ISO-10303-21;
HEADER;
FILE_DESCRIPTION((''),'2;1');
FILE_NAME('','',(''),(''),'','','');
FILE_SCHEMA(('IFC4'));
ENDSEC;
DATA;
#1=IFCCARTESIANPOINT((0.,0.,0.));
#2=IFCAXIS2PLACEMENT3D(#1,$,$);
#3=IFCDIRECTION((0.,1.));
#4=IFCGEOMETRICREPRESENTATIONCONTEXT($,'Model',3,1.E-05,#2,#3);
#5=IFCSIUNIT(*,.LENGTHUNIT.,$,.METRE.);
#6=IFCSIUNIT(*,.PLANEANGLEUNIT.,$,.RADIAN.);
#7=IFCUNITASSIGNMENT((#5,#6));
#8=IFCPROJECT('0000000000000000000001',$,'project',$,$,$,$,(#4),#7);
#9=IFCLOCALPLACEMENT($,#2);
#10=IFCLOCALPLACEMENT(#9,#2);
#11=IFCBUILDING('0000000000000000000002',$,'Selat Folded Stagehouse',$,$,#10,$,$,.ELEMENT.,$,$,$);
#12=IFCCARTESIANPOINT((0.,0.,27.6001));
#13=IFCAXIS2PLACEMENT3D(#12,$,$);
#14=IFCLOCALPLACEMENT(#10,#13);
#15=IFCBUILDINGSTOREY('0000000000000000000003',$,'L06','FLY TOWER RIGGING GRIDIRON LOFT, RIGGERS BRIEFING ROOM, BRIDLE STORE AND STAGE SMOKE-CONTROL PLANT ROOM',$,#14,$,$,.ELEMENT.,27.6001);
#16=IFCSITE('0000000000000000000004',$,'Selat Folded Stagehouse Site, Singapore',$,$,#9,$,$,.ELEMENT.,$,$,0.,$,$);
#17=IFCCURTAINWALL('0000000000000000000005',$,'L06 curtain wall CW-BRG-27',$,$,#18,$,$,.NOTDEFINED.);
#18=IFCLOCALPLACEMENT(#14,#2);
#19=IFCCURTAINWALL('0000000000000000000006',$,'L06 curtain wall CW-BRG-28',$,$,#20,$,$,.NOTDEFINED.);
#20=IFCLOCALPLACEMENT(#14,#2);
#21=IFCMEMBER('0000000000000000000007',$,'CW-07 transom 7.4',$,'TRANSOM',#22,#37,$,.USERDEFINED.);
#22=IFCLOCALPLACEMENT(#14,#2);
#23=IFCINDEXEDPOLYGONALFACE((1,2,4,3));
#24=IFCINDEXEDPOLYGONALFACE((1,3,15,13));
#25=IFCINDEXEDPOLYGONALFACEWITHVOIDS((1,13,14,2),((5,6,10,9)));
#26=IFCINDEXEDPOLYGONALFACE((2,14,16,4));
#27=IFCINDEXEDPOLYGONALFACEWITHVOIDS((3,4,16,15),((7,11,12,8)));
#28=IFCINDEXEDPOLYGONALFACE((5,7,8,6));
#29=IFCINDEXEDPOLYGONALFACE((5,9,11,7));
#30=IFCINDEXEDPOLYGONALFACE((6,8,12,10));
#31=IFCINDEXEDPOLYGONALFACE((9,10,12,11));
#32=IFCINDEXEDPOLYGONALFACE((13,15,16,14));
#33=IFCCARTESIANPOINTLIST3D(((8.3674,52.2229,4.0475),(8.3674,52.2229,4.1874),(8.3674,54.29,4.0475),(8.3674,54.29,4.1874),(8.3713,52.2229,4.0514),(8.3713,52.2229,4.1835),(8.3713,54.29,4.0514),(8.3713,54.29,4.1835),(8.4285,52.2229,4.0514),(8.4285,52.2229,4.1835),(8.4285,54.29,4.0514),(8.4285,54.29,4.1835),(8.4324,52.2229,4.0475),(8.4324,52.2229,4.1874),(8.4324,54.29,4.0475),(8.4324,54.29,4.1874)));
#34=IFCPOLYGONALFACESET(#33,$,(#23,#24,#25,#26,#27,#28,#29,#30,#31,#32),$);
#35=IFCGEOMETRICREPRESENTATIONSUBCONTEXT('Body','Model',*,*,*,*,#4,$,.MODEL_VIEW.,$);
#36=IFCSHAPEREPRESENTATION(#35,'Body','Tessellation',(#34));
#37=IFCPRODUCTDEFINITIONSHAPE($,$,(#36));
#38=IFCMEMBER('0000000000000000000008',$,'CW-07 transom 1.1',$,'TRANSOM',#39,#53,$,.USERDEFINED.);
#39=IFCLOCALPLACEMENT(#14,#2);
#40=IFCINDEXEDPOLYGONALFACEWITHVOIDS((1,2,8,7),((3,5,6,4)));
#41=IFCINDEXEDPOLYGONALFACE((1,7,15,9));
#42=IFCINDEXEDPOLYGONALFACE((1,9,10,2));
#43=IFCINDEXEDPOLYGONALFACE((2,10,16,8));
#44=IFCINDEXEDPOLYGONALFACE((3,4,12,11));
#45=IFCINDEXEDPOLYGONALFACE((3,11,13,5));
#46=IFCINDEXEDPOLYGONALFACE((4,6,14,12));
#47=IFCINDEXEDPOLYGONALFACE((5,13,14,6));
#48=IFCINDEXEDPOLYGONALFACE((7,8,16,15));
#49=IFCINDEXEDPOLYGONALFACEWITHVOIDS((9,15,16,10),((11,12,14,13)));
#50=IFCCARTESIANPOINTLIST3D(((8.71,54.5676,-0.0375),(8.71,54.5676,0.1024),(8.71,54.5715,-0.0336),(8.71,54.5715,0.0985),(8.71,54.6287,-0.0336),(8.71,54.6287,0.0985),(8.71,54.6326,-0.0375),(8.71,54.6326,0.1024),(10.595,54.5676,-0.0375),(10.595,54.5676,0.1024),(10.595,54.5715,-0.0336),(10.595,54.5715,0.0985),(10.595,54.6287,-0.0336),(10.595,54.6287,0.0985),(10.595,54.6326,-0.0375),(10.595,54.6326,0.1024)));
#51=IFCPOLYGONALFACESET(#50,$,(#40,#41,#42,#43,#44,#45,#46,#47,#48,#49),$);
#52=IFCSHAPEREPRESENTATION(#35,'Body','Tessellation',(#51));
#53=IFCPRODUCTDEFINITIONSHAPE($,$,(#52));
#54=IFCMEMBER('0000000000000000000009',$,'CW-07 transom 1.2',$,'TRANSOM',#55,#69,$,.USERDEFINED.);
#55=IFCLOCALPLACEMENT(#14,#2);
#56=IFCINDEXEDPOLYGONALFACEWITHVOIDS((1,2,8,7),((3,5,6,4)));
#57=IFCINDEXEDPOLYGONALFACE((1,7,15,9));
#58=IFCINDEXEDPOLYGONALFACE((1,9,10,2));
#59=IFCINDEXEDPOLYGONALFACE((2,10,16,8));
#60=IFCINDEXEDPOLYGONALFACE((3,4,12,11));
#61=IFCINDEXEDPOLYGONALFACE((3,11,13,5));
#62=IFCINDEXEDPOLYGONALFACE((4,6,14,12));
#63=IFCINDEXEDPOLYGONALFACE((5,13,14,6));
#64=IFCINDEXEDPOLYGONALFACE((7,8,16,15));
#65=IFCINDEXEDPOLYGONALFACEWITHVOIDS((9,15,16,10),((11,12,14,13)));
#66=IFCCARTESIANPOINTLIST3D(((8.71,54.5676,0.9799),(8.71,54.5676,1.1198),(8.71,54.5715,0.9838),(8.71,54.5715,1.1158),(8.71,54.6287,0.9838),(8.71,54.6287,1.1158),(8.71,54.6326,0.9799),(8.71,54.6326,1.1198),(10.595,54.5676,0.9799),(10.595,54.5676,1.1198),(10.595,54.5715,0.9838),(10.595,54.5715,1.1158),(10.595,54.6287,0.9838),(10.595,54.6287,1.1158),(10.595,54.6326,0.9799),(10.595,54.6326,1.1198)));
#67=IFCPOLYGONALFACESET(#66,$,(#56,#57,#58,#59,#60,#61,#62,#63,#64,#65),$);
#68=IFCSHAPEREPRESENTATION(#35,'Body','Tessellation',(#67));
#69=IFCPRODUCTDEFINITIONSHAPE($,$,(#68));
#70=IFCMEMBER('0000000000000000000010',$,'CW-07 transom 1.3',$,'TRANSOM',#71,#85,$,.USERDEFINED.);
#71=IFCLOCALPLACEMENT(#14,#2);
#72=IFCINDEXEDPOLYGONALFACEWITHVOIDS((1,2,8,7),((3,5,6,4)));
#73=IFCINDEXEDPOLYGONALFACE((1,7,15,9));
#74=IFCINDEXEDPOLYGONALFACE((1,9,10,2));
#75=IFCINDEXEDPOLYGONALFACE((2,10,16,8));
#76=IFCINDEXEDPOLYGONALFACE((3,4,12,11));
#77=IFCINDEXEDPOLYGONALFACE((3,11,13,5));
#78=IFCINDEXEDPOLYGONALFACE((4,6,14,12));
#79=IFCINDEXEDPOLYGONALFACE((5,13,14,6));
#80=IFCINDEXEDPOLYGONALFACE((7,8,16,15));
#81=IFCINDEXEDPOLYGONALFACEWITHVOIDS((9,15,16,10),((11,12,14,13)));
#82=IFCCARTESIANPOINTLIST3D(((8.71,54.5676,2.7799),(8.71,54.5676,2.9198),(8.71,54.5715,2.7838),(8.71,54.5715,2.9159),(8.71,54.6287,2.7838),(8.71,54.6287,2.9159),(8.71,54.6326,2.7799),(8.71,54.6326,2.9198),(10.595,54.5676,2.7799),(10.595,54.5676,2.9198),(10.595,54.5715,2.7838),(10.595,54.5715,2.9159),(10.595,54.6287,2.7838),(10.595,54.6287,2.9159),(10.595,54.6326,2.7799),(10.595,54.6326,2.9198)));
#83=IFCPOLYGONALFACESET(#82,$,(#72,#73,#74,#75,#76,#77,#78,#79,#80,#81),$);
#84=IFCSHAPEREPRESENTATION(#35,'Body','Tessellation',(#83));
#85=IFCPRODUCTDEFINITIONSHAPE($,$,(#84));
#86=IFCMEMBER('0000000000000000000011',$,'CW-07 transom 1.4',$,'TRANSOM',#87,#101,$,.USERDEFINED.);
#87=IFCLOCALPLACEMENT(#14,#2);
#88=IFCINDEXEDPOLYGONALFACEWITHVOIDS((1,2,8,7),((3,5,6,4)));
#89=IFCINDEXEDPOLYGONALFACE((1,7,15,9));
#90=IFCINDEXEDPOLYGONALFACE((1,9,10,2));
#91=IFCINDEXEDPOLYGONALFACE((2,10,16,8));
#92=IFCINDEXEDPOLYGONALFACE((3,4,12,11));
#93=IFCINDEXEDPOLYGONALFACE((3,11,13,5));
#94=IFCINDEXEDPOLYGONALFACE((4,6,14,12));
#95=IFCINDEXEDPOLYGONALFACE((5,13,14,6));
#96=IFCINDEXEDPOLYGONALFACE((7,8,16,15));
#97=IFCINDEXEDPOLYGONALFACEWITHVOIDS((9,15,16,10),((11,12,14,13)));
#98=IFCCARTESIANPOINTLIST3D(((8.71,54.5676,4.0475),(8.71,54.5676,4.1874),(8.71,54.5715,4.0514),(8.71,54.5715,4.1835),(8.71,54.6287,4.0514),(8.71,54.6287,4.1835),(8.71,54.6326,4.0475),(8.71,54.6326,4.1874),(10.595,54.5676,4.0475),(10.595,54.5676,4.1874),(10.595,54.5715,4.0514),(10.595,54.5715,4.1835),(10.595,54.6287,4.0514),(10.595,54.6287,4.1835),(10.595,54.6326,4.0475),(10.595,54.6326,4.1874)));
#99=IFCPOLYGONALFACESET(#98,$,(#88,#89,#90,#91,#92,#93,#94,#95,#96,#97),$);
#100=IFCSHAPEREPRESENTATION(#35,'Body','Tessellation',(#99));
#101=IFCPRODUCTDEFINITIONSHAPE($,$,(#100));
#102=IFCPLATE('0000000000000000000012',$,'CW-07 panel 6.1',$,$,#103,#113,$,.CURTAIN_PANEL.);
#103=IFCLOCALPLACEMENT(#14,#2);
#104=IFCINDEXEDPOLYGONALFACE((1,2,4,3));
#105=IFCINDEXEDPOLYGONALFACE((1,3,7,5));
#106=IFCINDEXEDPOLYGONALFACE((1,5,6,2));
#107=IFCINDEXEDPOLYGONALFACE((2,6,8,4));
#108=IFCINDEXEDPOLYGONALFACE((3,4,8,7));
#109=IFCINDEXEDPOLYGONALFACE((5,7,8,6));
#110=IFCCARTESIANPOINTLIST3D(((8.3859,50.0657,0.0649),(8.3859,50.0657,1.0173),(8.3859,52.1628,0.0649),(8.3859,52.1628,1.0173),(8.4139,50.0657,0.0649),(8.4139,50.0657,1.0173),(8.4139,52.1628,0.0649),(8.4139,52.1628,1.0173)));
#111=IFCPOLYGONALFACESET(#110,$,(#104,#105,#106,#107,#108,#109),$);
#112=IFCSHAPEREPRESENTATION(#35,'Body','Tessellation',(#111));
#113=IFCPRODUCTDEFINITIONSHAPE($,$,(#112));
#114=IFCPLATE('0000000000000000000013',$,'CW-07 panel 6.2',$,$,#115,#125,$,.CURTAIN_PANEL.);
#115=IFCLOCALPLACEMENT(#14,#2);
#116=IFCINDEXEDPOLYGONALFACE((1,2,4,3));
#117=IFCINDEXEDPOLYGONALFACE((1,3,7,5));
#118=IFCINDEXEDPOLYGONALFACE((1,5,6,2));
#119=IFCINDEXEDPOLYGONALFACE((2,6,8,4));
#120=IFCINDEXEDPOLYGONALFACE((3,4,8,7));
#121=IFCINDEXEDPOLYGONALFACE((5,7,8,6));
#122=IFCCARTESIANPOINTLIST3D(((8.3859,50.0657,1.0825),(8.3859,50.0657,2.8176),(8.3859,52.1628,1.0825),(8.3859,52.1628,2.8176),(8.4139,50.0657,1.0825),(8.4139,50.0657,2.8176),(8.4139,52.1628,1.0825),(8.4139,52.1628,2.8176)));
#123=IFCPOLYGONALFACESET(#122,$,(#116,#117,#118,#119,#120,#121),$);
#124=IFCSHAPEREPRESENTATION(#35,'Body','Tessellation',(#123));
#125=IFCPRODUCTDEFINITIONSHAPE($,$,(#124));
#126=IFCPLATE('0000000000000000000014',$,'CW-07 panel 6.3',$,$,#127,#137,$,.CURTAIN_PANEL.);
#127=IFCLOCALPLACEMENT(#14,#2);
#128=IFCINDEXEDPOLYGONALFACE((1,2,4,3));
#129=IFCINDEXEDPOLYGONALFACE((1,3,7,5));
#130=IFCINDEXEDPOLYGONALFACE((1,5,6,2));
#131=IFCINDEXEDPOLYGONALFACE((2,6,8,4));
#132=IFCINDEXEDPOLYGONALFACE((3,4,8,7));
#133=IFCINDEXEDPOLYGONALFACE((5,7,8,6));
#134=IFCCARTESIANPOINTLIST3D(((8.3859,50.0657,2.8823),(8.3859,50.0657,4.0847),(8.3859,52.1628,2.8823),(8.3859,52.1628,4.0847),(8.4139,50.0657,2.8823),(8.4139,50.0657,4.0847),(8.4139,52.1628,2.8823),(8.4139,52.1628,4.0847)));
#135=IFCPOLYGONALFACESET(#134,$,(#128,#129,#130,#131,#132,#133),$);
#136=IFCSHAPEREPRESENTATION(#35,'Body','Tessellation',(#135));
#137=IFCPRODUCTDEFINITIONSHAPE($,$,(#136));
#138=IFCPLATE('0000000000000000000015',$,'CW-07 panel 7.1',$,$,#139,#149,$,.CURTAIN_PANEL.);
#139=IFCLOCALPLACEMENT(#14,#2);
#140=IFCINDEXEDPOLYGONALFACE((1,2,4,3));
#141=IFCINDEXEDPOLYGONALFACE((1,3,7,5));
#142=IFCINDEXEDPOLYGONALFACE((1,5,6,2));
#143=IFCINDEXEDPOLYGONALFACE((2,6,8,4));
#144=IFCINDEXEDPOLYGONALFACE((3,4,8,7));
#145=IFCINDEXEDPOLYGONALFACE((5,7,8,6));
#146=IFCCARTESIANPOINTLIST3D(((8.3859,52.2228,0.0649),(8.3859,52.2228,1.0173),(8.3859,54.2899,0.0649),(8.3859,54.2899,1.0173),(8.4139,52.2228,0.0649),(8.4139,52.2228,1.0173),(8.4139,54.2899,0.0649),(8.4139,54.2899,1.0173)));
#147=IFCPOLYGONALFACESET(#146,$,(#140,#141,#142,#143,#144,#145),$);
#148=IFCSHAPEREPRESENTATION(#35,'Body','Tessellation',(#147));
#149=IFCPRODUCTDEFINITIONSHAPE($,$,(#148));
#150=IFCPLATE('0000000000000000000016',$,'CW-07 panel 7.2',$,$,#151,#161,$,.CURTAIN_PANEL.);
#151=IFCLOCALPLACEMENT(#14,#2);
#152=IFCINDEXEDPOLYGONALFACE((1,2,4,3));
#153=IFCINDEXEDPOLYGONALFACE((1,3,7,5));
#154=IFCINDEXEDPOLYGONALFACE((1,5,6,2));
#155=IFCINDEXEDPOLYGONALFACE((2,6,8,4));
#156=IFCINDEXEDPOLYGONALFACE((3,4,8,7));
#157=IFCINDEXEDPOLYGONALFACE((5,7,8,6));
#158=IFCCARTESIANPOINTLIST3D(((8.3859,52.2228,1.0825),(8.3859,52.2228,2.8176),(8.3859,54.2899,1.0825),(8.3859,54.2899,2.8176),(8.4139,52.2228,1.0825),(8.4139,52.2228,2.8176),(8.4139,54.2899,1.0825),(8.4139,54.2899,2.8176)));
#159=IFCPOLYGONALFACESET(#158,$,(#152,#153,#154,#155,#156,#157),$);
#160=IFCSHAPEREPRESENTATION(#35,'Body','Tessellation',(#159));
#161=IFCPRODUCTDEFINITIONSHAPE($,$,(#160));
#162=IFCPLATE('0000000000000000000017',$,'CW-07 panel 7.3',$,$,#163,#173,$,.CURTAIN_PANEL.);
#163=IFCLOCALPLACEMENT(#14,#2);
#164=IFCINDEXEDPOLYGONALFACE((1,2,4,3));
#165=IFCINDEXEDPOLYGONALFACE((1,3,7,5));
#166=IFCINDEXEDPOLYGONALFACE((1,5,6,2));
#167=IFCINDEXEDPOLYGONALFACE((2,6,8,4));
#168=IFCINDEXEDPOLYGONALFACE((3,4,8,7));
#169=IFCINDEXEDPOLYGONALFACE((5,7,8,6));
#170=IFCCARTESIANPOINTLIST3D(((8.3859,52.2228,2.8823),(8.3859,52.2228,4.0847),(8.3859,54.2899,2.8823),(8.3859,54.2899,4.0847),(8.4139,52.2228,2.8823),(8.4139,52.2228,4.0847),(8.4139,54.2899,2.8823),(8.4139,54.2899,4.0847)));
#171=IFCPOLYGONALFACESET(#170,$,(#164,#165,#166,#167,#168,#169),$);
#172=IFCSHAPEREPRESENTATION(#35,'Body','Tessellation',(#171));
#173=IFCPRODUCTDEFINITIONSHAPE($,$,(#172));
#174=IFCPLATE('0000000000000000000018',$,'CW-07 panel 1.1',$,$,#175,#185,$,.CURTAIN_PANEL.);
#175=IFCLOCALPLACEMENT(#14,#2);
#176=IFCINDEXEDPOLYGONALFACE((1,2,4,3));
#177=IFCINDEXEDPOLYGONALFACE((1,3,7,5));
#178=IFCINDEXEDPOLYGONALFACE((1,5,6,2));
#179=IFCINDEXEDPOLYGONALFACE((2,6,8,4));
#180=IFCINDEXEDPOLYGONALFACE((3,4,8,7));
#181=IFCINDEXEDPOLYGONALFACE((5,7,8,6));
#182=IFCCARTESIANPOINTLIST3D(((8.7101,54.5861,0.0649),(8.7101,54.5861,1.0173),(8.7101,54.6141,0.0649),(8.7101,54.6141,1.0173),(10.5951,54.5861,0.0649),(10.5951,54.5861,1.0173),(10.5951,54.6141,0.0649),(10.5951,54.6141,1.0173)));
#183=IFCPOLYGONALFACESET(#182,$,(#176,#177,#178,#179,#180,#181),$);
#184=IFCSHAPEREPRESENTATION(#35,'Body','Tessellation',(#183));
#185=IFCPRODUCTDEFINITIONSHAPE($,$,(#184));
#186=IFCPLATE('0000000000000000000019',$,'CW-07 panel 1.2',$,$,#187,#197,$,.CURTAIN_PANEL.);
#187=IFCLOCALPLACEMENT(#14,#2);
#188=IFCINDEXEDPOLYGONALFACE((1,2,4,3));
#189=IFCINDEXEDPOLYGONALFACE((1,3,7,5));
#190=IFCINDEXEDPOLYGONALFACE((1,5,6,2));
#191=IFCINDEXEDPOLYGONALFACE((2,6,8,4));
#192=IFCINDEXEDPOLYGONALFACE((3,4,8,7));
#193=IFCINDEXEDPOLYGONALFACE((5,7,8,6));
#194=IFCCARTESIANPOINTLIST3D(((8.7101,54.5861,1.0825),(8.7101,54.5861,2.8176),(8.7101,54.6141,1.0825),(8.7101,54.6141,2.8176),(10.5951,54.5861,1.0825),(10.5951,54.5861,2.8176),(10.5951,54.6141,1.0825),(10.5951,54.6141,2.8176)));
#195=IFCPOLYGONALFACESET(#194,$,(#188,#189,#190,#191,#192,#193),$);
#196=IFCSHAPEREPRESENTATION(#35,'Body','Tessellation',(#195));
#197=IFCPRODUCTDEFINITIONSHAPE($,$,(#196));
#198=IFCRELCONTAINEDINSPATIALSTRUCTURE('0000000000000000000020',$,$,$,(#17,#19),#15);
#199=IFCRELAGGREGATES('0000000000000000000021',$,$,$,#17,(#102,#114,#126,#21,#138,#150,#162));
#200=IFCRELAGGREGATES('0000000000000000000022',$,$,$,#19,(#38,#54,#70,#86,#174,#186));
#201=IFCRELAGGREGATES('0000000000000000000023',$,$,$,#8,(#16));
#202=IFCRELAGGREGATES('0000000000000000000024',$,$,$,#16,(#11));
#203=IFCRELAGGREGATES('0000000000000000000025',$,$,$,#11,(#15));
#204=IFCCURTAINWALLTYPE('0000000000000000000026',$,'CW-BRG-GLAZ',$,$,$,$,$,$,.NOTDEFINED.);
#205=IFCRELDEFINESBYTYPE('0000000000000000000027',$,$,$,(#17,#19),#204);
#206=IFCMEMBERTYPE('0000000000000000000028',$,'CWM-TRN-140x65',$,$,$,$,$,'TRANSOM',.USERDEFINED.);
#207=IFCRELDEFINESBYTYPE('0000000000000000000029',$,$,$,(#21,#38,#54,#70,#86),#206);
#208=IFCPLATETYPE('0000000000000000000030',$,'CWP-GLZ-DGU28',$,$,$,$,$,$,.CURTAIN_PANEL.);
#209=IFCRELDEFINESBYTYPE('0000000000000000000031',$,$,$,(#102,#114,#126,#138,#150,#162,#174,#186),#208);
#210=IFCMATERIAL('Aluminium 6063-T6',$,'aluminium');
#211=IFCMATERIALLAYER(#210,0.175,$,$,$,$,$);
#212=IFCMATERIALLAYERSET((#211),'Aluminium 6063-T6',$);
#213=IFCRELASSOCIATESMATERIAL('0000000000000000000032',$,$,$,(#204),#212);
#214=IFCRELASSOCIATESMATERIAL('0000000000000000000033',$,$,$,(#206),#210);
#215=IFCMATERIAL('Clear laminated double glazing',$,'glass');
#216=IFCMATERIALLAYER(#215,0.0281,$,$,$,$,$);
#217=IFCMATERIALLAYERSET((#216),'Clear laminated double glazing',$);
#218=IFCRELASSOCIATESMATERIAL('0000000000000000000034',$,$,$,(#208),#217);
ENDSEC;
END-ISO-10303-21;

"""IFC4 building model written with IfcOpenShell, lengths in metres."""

from ifc_helpers import new_model, si_unit, direction, frame, origin, origin_2d, place, context, subcontext, project, spatial, rectangle, hollow_rectangle, extrude, material, layer, layer_set, material_profile, profile_set, type_object, element, aggregate, save


model = new_model("IFC4")

# Units and contexts
model_context = context("Model", 3, precision=1e-05, world=origin(), true_north=direction((0.0, 1.0)))
body_context = subcontext(model_context, "Body", "Model", "MODEL_VIEW")
ifc_project = project(units=[si_unit("LENGTHUNIT", "METRE"), si_unit("PLANEANGLEUNIT", "RADIAN")], contexts=[model_context])

# Site, building, storey
site_placement = place(None, origin())
site = spatial("IfcSite", under=ifc_project, at=site_placement, Name="Selat Folded Stagehouse Site, Singapore", CompositionType="ELEMENT", RefElevation=0.0)
building_placement = place(site_placement, origin())
building = spatial("IfcBuilding", under=site, at=building_placement, Name="Selat Folded Stagehouse", CompositionType="ELEMENT")
storey_placement = place(building_placement, frame((0.0, 0.0, 27.6001)))
storey = spatial("IfcBuildingStorey", under=building, at=storey_placement, Name="L06", Description="FLY TOWER RIGGING GRIDIRON LOFT, RIGGERS BRIEFING ROOM, BRIDLE STORE AND STAGE SMOKE-CONTROL PLANT ROOM", CompositionType="ELEMENT", Elevation=27.6001)

# Curtain walls
ifc_material_1 = material(Name="Aluminium 6063-T6", Category="aluminium")
ifc_layer_1 = layer(ifc_material_1, 0.175)
ifc_layer_set_1 = layer_set([ifc_layer_1], Name="Aluminium 6063-T6")
curtain_wall_type = type_object("IfcCurtainWallType", Name="CW-BRG-GLAZ", PredefinedType="NOTDEFINED", material=ifc_layer_set_1)
curtain_wall_1_placement = place(storey_placement, origin())
curtain_wall_1 = element("IfcCurtainWall", 1, at=curtain_wall_1_placement, inside=storey, type_object=curtain_wall_type, Name="L06 curtain wall CW-BRG-27", PredefinedType="NOTDEFINED")
curtain_wall_2_placement = place(storey_placement, origin())
curtain_wall_2 = element("IfcCurtainWall", 2, at=curtain_wall_2_placement, inside=storey, type_object=curtain_wall_type, Name="L06 curtain wall CW-BRG-28", PredefinedType="NOTDEFINED")

# Members
ifc_material_profile_1 = material_profile(ifc_material_1, hollow_rectangle(XDim=0.0649, YDim=0.1399, WallThickness=0.0039, at=origin_2d()), Name="ALU 140x65x4.0")
ifc_profile_set_1 = profile_set([ifc_material_profile_1], Name="Aluminium 6063-T6")
member_type_1 = type_object("IfcMemberType", Name="CWM-TRN-140x65", ElementType="TRANSOM", PredefinedType="USERDEFINED", material=ifc_profile_set_1)
member_1_placement = place(storey_placement, frame((8.3999, 52.2229, 4.1174), z_axis=(0.0, 1.0, 0.0), x_axis=(-1.0, 0.0, 0.0)))
member_1 = element("IfcMember", 3, at=member_1_placement, type_object=member_type_1, Name="CW-07 transom 7.4", ObjectType="TRANSOM", PredefinedType="USERDEFINED", context=body_context, shape_type="SweptSolid", body=[
    extrude(hollow_rectangle(XDim=0.0649, YDim=0.1399, WallThickness=0.0039, at=origin_2d()), origin(), (0.0, 0.0, 1.0), 2.0671),
])
member_2_placement = place(storey_placement, frame((8.71, 54.6001, 0.0325), z_axis=(1.0, 0.0, 0.0), x_axis=(0.0, 1.0, 0.0)))
member_2 = element("IfcMember", 4, at=member_2_placement, type_object=member_type_1, Name="CW-07 transom 1.1", ObjectType="TRANSOM", PredefinedType="USERDEFINED", context=body_context, shape_type="SweptSolid", body=[
    extrude(hollow_rectangle(XDim=0.0649, YDim=0.1399, WallThickness=0.0039, at=origin_2d()), origin(), (0.0, 0.0, 1.0), 1.885),
])
member_3_placement = place(storey_placement, frame((8.71, 54.6001, 1.0498), z_axis=(1.0, 0.0, 0.0), x_axis=(0.0, 1.0, 0.0)))
member_3 = element("IfcMember", 5, at=member_3_placement, type_object=member_type_1, Name="CW-07 transom 1.2", ObjectType="TRANSOM", PredefinedType="USERDEFINED", context=body_context, shape_type="SweptSolid", body=[
    extrude(hollow_rectangle(XDim=0.0649, YDim=0.1399, WallThickness=0.0039, at=origin_2d()), origin(), (0.0, 0.0, 1.0), 1.885),
])
member_4_placement = place(storey_placement, frame((8.71, 54.6001, 2.8499), z_axis=(1.0, 0.0, 0.0), x_axis=(0.0, 1.0, 0.0)))
member_4 = element("IfcMember", 6, at=member_4_placement, type_object=member_type_1, Name="CW-07 transom 1.3", ObjectType="TRANSOM", PredefinedType="USERDEFINED", context=body_context, shape_type="SweptSolid", body=[
    extrude(hollow_rectangle(XDim=0.0649, YDim=0.1399, WallThickness=0.0039, at=origin_2d()), origin(), (0.0, 0.0, 1.0), 1.885),
])
member_5_placement = place(storey_placement, frame((8.71, 54.6001, 4.1174), z_axis=(1.0, 0.0, 0.0), x_axis=(0.0, 1.0, 0.0)))
member_5 = element("IfcMember", 7, at=member_5_placement, type_object=member_type_1, Name="CW-07 transom 1.4", ObjectType="TRANSOM", PredefinedType="USERDEFINED", context=body_context, shape_type="SweptSolid", body=[
    extrude(hollow_rectangle(XDim=0.0649, YDim=0.1399, WallThickness=0.0039, at=origin_2d()), origin(), (0.0, 0.0, 1.0), 1.885),
])

# Plates
ifc_material_2 = material(Name="Clear laminated double glazing", Category="glass")
ifc_layer_2 = layer(ifc_material_2, 0.0281)
ifc_layer_set_2 = layer_set([ifc_layer_2], Name="Clear laminated double glazing")
plate_type = type_object("IfcPlateType", Name="CWP-GLZ-DGU28", PredefinedType="CURTAIN_PANEL", material=ifc_layer_set_2)
plate_1_placement = place(storey_placement, frame((8.3999, 51.1143, 0.0649), z_axis=(0.0, 0.0, 1.0), x_axis=(0.0, 1.0, 0.0)))
plate_1 = element("IfcPlate", 8, at=plate_1_placement, type_object=plate_type, Name="CW-07 panel 6.1", PredefinedType="CURTAIN_PANEL", context=body_context, shape_type="SweptSolid", body=[
    extrude(rectangle(XDim=2.0972, YDim=0.0281, at=origin_2d()), origin(), (0.0, 0.0, 1.0), 0.9524),
])
plate_2_placement = place(storey_placement, frame((8.3999, 51.1143, 1.0825), z_axis=(0.0, 0.0, 1.0), x_axis=(0.0, 1.0, 0.0)))
plate_2 = element("IfcPlate", 9, at=plate_2_placement, type_object=plate_type, Name="CW-07 panel 6.2", PredefinedType="CURTAIN_PANEL", context=body_context, shape_type="SweptSolid", body=[
    extrude(rectangle(XDim=2.0972, YDim=0.0281, at=origin_2d()), origin(), (0.0, 0.0, 1.0), 1.7351),
])
plate_3_placement = place(storey_placement, frame((8.3999, 51.1143, 2.8823), z_axis=(0.0, 0.0, 1.0), x_axis=(0.0, 1.0, 0.0)))
plate_3 = element("IfcPlate", 10, at=plate_3_placement, type_object=plate_type, Name="CW-07 panel 6.3", PredefinedType="CURTAIN_PANEL", context=body_context, shape_type="SweptSolid", body=[
    extrude(rectangle(XDim=2.0972, YDim=0.0281, at=origin_2d()), origin(), (0.0, 0.0, 1.0), 1.2024),
])
plate_4_placement = place(storey_placement, frame((8.3999, 53.2563, 0.0649), z_axis=(0.0, 0.0, 1.0), x_axis=(0.0, 1.0, 0.0)))
plate_4 = element("IfcPlate", 11, at=plate_4_placement, type_object=plate_type, Name="CW-07 panel 7.1", PredefinedType="CURTAIN_PANEL", context=body_context, shape_type="SweptSolid", body=[
    extrude(rectangle(XDim=2.0671, YDim=0.0281, at=origin_2d()), origin(), (0.0, 0.0, 1.0), 0.9524),
])
plate_5_placement = place(storey_placement, frame((8.3999, 53.2563, 1.0825), z_axis=(0.0, 0.0, 1.0), x_axis=(0.0, 1.0, 0.0)))
plate_5 = element("IfcPlate", 12, at=plate_5_placement, type_object=plate_type, Name="CW-07 panel 7.2", PredefinedType="CURTAIN_PANEL", context=body_context, shape_type="SweptSolid", body=[
    extrude(rectangle(XDim=2.0671, YDim=0.0281, at=origin_2d()), origin(), (0.0, 0.0, 1.0), 1.7351),
])
plate_6_placement = place(storey_placement, frame((8.3999, 53.2563, 2.8823), z_axis=(0.0, 0.0, 1.0), x_axis=(0.0, 1.0, 0.0)))
plate_6 = element("IfcPlate", 13, at=plate_6_placement, type_object=plate_type, Name="CW-07 panel 7.3", PredefinedType="CURTAIN_PANEL", context=body_context, shape_type="SweptSolid", body=[
    extrude(rectangle(XDim=2.0671, YDim=0.0281, at=origin_2d()), origin(), (0.0, 0.0, 1.0), 1.2024),
])
aggregate(curtain_wall_1, [plate_1, plate_2, plate_3, member_1, plate_4, plate_5, plate_6])
plate_7_placement = place(storey_placement, frame((9.6526, 54.6001, 0.0649), z_axis=(0.0, 0.0, 1.0), x_axis=(1.0, 0.0, 0.0)))
plate_7 = element("IfcPlate", 14, at=plate_7_placement, type_object=plate_type, Name="CW-07 panel 1.1", PredefinedType="CURTAIN_PANEL", context=body_context, shape_type="SweptSolid", body=[
    extrude(rectangle(XDim=1.885, YDim=0.0281, at=origin_2d()), origin(), (0.0, 0.0, 1.0), 0.9524),
])
plate_8_placement = place(storey_placement, frame((9.6526, 54.6001, 1.0825), z_axis=(0.0, 0.0, 1.0), x_axis=(1.0, 0.0, 0.0)))
plate_8 = element("IfcPlate", 15, at=plate_8_placement, type_object=plate_type, Name="CW-07 panel 1.2", PredefinedType="CURTAIN_PANEL", context=body_context, shape_type="SweptSolid", body=[
    extrude(rectangle(XDim=1.885, YDim=0.0281, at=origin_2d()), origin(), (0.0, 0.0, 1.0), 1.7351),
])
aggregate(curtain_wall_2, [member_2, member_3, member_4, member_5, plate_7, plate_8])

save(model, "model.ifc")
